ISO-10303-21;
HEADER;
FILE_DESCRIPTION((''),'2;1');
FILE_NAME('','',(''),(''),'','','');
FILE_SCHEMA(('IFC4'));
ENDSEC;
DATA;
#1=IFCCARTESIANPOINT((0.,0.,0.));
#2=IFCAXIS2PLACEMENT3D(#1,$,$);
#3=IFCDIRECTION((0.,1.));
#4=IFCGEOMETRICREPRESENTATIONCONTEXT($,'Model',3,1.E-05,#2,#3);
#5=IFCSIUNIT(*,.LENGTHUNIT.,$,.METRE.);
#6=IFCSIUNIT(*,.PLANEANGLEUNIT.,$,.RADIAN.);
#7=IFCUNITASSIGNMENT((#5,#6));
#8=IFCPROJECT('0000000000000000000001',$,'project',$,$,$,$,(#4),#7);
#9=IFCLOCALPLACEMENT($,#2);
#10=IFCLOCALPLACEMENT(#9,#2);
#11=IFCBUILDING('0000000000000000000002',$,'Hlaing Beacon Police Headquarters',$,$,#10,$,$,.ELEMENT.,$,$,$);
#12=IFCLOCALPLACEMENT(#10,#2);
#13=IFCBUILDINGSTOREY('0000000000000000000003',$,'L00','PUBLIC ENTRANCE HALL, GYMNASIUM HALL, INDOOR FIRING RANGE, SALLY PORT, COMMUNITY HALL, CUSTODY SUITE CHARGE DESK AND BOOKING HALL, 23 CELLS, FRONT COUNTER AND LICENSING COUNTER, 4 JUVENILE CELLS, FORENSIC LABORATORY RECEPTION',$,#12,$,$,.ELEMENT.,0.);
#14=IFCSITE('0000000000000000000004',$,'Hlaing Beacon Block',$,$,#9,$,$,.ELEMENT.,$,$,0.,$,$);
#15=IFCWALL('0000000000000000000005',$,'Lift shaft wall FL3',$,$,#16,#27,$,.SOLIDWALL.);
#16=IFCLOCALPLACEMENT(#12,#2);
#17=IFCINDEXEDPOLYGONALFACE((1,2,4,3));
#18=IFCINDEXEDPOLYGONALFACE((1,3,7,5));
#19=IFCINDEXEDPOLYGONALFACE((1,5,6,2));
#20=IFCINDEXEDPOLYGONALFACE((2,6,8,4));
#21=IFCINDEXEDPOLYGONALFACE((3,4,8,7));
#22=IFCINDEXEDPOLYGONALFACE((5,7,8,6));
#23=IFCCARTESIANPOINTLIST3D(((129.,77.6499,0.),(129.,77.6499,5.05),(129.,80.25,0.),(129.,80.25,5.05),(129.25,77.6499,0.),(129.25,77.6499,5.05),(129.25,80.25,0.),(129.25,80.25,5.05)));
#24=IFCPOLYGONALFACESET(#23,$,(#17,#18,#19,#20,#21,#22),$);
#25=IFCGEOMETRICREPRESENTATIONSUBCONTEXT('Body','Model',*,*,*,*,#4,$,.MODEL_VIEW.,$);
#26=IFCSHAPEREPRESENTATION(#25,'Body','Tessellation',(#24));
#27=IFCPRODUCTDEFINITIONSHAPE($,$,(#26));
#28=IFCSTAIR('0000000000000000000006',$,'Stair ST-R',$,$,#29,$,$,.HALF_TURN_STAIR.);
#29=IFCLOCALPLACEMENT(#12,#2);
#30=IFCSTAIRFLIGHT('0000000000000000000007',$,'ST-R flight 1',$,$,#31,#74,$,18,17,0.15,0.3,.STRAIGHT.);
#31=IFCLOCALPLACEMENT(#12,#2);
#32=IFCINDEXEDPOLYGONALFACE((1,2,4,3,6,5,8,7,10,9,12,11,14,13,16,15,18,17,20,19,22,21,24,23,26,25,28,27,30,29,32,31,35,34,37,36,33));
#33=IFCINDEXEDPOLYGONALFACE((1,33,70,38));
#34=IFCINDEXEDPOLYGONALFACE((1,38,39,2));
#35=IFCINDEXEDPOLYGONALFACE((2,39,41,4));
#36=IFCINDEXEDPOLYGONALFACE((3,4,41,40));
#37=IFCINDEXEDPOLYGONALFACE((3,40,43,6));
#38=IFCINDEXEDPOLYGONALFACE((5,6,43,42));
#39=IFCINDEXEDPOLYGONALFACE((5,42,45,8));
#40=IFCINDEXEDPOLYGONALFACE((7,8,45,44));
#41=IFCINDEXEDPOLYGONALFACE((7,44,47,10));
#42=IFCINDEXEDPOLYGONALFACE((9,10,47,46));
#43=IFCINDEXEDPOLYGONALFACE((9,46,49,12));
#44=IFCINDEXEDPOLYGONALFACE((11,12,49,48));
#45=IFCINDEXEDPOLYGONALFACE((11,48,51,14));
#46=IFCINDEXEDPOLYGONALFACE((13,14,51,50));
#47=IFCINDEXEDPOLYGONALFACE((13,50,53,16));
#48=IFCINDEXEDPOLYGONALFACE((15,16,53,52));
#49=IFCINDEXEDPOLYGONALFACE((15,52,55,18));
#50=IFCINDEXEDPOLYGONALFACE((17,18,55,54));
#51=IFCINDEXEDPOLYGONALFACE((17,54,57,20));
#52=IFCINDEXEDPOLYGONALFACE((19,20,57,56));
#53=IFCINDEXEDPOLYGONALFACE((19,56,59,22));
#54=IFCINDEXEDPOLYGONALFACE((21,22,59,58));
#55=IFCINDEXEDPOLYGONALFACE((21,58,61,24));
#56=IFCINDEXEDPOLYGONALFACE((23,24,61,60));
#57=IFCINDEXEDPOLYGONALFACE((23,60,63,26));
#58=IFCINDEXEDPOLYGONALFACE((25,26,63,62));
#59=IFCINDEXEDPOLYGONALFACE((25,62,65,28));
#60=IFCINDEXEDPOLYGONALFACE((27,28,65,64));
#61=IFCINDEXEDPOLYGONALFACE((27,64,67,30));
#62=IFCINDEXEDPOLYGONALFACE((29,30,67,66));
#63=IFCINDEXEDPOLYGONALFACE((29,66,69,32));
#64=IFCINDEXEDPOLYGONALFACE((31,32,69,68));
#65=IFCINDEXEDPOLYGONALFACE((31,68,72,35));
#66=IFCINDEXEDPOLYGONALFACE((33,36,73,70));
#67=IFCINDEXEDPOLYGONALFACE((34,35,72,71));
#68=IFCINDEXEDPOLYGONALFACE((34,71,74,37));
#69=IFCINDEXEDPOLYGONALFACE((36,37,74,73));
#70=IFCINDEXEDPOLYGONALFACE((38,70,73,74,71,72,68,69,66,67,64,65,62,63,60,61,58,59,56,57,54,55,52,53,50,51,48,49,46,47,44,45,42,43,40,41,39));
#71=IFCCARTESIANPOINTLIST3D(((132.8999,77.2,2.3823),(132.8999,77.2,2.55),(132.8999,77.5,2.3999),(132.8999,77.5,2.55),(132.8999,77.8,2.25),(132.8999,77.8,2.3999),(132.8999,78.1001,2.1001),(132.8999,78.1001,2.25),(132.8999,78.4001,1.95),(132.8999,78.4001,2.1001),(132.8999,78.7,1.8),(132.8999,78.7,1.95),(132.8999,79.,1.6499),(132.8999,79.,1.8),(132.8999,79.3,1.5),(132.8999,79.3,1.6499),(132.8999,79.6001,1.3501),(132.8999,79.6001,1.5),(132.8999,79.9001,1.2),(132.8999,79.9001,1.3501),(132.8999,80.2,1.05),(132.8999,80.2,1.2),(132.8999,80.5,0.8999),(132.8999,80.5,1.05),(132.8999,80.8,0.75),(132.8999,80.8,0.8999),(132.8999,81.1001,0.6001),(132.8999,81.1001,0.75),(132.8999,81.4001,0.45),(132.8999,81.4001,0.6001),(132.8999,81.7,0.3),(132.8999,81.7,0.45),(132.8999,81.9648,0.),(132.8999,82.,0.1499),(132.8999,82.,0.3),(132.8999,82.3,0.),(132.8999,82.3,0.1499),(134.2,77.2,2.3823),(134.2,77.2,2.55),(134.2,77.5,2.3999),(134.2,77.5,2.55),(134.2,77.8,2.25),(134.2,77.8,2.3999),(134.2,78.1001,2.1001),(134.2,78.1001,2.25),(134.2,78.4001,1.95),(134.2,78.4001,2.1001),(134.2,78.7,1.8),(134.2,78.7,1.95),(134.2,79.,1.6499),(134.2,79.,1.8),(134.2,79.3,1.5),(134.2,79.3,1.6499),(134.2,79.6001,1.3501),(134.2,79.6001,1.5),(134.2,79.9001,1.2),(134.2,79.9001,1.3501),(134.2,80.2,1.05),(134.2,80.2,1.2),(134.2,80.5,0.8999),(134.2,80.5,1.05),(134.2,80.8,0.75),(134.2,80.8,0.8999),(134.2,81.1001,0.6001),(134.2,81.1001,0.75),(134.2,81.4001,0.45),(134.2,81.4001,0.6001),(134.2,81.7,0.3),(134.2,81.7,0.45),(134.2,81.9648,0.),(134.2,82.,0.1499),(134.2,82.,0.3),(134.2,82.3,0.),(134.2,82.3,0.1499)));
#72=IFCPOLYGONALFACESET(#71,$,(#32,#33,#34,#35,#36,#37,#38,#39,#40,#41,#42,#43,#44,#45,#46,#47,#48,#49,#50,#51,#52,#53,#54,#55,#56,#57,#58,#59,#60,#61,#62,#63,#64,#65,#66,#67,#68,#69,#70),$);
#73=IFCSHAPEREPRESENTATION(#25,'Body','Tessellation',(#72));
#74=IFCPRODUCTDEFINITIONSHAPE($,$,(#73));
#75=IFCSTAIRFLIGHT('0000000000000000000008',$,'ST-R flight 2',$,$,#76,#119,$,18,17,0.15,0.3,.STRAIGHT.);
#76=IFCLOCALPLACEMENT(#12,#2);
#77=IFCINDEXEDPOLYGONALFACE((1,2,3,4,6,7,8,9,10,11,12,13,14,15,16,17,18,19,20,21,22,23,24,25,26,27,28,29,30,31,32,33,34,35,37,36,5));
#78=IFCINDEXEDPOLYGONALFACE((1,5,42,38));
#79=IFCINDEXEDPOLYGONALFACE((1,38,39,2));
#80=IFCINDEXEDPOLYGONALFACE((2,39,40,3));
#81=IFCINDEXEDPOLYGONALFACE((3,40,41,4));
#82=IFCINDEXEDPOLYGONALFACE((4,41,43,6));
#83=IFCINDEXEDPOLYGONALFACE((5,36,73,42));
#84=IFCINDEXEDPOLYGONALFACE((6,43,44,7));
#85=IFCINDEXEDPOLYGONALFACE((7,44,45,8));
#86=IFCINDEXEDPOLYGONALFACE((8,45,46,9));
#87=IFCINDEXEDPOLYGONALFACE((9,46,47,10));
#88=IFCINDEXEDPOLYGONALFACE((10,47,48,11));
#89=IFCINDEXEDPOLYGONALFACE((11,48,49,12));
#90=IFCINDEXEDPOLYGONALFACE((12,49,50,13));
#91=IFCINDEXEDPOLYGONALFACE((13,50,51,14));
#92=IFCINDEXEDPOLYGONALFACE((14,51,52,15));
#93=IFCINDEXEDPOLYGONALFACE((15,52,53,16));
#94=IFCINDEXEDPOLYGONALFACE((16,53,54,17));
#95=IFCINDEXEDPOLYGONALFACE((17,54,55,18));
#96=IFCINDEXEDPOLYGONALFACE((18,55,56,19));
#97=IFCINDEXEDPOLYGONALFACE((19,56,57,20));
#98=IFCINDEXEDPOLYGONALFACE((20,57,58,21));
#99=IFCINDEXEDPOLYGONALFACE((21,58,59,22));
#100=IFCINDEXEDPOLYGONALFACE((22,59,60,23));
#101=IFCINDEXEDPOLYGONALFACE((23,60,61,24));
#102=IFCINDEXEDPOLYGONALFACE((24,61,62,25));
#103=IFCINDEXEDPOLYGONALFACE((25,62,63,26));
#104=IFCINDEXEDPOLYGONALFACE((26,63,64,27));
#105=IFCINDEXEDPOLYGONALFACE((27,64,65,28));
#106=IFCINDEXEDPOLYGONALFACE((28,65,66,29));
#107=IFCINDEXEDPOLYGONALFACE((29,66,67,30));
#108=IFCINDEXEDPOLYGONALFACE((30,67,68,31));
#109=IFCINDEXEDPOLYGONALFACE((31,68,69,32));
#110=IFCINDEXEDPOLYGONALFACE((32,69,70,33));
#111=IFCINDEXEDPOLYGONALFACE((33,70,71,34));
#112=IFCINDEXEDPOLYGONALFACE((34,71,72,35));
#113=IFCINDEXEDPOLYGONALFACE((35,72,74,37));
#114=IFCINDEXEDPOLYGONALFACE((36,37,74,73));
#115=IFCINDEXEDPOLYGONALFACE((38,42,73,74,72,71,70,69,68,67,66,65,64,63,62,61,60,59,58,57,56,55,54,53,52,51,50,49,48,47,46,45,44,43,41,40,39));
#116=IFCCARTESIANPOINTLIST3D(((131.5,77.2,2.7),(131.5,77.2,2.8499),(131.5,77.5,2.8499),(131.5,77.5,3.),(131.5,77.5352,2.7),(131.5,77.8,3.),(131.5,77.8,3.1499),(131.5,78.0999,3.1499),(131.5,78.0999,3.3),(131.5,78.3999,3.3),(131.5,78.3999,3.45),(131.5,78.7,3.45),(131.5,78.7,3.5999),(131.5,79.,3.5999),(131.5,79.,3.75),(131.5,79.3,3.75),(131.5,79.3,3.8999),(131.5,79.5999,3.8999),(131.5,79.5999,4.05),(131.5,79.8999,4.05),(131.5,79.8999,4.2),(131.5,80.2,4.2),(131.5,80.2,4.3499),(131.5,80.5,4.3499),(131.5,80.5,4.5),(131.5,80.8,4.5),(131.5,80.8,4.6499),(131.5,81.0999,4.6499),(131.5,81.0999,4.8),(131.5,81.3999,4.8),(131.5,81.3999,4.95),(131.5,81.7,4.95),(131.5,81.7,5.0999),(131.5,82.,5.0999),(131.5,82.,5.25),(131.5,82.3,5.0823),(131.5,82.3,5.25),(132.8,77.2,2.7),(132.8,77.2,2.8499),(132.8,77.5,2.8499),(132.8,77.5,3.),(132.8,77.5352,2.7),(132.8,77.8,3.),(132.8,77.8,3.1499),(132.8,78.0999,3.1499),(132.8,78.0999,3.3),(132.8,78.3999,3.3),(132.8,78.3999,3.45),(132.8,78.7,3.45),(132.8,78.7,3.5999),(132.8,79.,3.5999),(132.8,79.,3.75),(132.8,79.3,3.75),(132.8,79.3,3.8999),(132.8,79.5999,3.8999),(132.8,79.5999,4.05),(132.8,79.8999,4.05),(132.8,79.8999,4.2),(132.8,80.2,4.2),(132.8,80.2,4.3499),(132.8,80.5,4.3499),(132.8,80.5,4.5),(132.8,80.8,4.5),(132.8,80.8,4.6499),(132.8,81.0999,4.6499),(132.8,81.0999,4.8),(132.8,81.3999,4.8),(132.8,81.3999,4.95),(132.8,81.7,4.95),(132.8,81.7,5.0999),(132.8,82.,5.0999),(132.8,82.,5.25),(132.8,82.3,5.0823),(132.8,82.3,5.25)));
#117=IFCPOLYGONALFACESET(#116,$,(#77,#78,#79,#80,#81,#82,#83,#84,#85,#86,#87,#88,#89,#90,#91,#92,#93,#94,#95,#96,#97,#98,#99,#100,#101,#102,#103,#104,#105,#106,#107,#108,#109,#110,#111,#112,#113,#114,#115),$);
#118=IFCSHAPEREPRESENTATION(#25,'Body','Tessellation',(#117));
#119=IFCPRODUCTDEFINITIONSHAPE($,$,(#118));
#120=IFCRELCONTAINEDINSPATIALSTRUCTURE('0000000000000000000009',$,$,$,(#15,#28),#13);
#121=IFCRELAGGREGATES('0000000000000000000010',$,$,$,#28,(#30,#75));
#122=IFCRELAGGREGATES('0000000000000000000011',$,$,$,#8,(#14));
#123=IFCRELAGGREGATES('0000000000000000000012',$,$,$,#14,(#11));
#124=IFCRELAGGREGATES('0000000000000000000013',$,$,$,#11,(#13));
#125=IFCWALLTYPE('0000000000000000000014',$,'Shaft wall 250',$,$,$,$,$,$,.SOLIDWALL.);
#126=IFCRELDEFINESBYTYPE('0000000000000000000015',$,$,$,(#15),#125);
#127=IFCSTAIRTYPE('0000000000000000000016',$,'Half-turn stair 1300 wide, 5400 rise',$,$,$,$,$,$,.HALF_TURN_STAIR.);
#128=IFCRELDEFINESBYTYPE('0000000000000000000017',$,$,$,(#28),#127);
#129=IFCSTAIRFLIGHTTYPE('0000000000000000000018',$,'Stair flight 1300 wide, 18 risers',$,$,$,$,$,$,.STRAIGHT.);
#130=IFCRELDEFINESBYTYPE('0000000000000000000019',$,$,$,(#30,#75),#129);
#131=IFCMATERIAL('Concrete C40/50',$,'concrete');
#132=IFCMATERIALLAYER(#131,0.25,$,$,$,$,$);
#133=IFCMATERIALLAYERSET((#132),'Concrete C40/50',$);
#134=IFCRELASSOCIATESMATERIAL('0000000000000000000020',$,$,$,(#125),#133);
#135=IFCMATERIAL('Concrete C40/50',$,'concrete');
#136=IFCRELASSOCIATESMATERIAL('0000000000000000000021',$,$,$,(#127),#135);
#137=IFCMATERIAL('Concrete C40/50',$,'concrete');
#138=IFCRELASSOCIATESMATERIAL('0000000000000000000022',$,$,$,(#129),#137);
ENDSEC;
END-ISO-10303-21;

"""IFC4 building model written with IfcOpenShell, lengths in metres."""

from ifc_helpers import new_model, si_unit, direction, frame, frame_2d, origin, place, context, subcontext, project, spatial, polyline, rectangle, outline, extrude, material, layer, layer_set, type_object, element, aggregate, save


model = new_model("IFC4")

# Units and contexts
model_context = context("Model", 3, precision=1e-05, world=origin(), true_north=direction((0.0, 1.0)))
body_context = subcontext(model_context, "Body", "Model", "MODEL_VIEW")
ifc_project = project(units=[si_unit("LENGTHUNIT", "METRE"), si_unit("PLANEANGLEUNIT", "RADIAN")], contexts=[model_context])

# Site, building, storey
site_placement = place(None, origin())
site = spatial("IfcSite", under=ifc_project, at=site_placement, Name="Hlaing Beacon Block", CompositionType="ELEMENT", RefElevation=0.0)
building_placement = place(site_placement, origin())
building = spatial("IfcBuilding", under=site, at=building_placement, Name="Hlaing Beacon Police Headquarters", CompositionType="ELEMENT")
storey_placement = place(building_placement, origin())
storey = spatial("IfcBuildingStorey", under=building, at=storey_placement, Name="L00", Description="PUBLIC ENTRANCE HALL, GYMNASIUM HALL, INDOOR FIRING RANGE, SALLY PORT, COMMUNITY HALL, CUSTODY SUITE CHARGE DESK AND BOOKING HALL, 23 CELLS, FRONT COUNTER AND LICENSING COUNTER, 4 JUVENILE CELLS, FORENSIC LABORATORY RECEPTION", CompositionType="ELEMENT", Elevation=0.0)

# Shared definitions
ifc_material_1 = material(Name="Concrete C40/50", Category="concrete")
ifc_layer_1 = layer(ifc_material_1, 0.25)
ifc_layer_set_1 = layer_set([ifc_layer_1], Name="Concrete C40/50")
wall_type_1 = type_object("IfcWallType", Name="Shaft wall 250", PredefinedType="SOLIDWALL", material=ifc_layer_set_1)

# Wall
wall_1_placement = place(storey_placement, frame((129.125, 77.6499, 0.0), z_axis=(0.0, 0.0, 1.0), x_axis=(0.0, 1.0, 0.0)))
element("IfcWall", 1, at=wall_1_placement, inside=storey, type_object=wall_type_1, Name="Lift shaft wall FL3", PredefinedType="SOLIDWALL", context=body_context, shape_type="SweptSolid", body=[
    extrude(rectangle(XDim=2.6001, YDim=0.25, at=frame_2d((1.3, 0.0))), origin(), (0.0, 0.0, 1.0), 5.05),
])

# Stair, stair flights
ifc_material_2 = material(Name="Concrete C40/50", Category="concrete")
stair_type = type_object("IfcStairType", Name="Half-turn stair 1300 wide, 5400 rise", PredefinedType="HALF_TURN_STAIR", material=ifc_material_2)
stair_placement = place(storey_placement, origin())
stair = element("IfcStair", 2, at=stair_placement, inside=storey, type_object=stair_type, Name="Stair ST-R", PredefinedType="HALF_TURN_STAIR")
ifc_material_3 = material(Name="Concrete C40/50", Category="concrete")
stair_flight_type = type_object("IfcStairFlightType", Name="Stair flight 1300 wide, 18 risers", PredefinedType="STRAIGHT", material=ifc_material_3)
stair_flight_1_placement = place(storey_placement, frame((133.55, 82.3, 0.0), z_axis=(0.0, 0.0, 1.0), x_axis=(0.0, -1.0, 0.0)))
stair_flight_1 = element("IfcStairFlight", 3, at=stair_flight_1_placement, type_object=stair_flight_type, Name="ST-R flight 1", NumberOfRisers=18, NumberOfTreads=17, PredefinedType="STRAIGHT", RiserHeight=0.15, TreadLength=0.3, context=body_context, shape_type="SweptSolid", body=[
    extrude(outline(polyline([(0.0, 0.0), (0.0, 0.1499), (0.3, 0.1499), (0.3, 0.3), (0.6001, 0.3), (0.6001, 0.45), (0.8999, 0.45), (0.8999, 0.6001), (1.2, 0.6001), (1.2, 0.75), (1.5, 0.75), (1.5, 0.8999), (1.8, 0.8999), (1.8, 1.05), (2.1001, 1.05), (2.1001, 1.2), (2.3999, 1.2), (2.3999, 1.3501), (2.7, 1.3501), (2.7, 1.5), (3.0, 1.5), (3.0, 1.6499), (3.3, 1.6499), (3.3, 1.8), (3.6001, 1.8), (3.6001, 1.95), (3.8999, 1.95), (3.8999, 2.1001), (4.2, 2.1001), (4.2, 2.25), (4.5, 2.25), (4.5, 2.3999), (4.8, 2.3999), (4.8, 2.55), (5.1001, 2.55), (5.1001, 2.7), (5.1001, 2.3823), (0.3352, 0.0), (0.0, 0.0)])), frame((0.0, 0.6499, 0.0), z_axis=(0.0, -1.0, 0.0), x_axis=(1.0, 0.0, 0.0)), (0.0, 0.0, 1.0), 1.3),
])
stair_flight_2_placement = place(storey_placement, frame((132.1499, 77.2, 2.7), z_axis=(0.0, 0.0, 1.0), x_axis=(0.0, 1.0, 0.0)))
stair_flight_2 = element("IfcStairFlight", 4, at=stair_flight_2_placement, type_object=stair_flight_type, Name="ST-R flight 2", NumberOfRisers=18, NumberOfTreads=17, PredefinedType="STRAIGHT", RiserHeight=0.15, TreadLength=0.3, context=body_context, shape_type="SweptSolid", body=[
    extrude(outline(polyline([(0.0, 0.0), (0.0, 0.1499), (0.3, 0.1499), (0.3, 0.3), (0.6001, 0.3), (0.6001, 0.45), (0.8999, 0.45), (0.8999, 0.6001), (1.2, 0.6001), (1.2, 0.75), (1.5, 0.75), (1.5, 0.8999), (1.8, 0.8999), (1.8, 1.05), (2.1001, 1.05), (2.1001, 1.2), (2.3999, 1.2), (2.3999, 1.3501), (2.7, 1.3501), (2.7, 1.5), (3.0, 1.5), (3.0, 1.6499), (3.3, 1.6499), (3.3, 1.8), (3.6001, 1.8), (3.6001, 1.95), (3.8999, 1.95), (3.8999, 2.1001), (4.2, 2.1001), (4.2, 2.25), (4.5, 2.25), (4.5, 2.3999), (4.8, 2.3999), (4.8, 2.55), (5.1001, 2.55), (5.1001, 2.7), (5.1001, 2.3823), (0.3352, 0.0), (0.0, 0.0)])), frame((0.0, 0.6499, 0.0), z_axis=(0.0, -1.0, 0.0), x_axis=(1.0, 0.0, 0.0)), (0.0, 0.0, 1.0), 1.3),
])
aggregate(stair, [stair_flight_1, stair_flight_2])

save(model, "model.ifc")
